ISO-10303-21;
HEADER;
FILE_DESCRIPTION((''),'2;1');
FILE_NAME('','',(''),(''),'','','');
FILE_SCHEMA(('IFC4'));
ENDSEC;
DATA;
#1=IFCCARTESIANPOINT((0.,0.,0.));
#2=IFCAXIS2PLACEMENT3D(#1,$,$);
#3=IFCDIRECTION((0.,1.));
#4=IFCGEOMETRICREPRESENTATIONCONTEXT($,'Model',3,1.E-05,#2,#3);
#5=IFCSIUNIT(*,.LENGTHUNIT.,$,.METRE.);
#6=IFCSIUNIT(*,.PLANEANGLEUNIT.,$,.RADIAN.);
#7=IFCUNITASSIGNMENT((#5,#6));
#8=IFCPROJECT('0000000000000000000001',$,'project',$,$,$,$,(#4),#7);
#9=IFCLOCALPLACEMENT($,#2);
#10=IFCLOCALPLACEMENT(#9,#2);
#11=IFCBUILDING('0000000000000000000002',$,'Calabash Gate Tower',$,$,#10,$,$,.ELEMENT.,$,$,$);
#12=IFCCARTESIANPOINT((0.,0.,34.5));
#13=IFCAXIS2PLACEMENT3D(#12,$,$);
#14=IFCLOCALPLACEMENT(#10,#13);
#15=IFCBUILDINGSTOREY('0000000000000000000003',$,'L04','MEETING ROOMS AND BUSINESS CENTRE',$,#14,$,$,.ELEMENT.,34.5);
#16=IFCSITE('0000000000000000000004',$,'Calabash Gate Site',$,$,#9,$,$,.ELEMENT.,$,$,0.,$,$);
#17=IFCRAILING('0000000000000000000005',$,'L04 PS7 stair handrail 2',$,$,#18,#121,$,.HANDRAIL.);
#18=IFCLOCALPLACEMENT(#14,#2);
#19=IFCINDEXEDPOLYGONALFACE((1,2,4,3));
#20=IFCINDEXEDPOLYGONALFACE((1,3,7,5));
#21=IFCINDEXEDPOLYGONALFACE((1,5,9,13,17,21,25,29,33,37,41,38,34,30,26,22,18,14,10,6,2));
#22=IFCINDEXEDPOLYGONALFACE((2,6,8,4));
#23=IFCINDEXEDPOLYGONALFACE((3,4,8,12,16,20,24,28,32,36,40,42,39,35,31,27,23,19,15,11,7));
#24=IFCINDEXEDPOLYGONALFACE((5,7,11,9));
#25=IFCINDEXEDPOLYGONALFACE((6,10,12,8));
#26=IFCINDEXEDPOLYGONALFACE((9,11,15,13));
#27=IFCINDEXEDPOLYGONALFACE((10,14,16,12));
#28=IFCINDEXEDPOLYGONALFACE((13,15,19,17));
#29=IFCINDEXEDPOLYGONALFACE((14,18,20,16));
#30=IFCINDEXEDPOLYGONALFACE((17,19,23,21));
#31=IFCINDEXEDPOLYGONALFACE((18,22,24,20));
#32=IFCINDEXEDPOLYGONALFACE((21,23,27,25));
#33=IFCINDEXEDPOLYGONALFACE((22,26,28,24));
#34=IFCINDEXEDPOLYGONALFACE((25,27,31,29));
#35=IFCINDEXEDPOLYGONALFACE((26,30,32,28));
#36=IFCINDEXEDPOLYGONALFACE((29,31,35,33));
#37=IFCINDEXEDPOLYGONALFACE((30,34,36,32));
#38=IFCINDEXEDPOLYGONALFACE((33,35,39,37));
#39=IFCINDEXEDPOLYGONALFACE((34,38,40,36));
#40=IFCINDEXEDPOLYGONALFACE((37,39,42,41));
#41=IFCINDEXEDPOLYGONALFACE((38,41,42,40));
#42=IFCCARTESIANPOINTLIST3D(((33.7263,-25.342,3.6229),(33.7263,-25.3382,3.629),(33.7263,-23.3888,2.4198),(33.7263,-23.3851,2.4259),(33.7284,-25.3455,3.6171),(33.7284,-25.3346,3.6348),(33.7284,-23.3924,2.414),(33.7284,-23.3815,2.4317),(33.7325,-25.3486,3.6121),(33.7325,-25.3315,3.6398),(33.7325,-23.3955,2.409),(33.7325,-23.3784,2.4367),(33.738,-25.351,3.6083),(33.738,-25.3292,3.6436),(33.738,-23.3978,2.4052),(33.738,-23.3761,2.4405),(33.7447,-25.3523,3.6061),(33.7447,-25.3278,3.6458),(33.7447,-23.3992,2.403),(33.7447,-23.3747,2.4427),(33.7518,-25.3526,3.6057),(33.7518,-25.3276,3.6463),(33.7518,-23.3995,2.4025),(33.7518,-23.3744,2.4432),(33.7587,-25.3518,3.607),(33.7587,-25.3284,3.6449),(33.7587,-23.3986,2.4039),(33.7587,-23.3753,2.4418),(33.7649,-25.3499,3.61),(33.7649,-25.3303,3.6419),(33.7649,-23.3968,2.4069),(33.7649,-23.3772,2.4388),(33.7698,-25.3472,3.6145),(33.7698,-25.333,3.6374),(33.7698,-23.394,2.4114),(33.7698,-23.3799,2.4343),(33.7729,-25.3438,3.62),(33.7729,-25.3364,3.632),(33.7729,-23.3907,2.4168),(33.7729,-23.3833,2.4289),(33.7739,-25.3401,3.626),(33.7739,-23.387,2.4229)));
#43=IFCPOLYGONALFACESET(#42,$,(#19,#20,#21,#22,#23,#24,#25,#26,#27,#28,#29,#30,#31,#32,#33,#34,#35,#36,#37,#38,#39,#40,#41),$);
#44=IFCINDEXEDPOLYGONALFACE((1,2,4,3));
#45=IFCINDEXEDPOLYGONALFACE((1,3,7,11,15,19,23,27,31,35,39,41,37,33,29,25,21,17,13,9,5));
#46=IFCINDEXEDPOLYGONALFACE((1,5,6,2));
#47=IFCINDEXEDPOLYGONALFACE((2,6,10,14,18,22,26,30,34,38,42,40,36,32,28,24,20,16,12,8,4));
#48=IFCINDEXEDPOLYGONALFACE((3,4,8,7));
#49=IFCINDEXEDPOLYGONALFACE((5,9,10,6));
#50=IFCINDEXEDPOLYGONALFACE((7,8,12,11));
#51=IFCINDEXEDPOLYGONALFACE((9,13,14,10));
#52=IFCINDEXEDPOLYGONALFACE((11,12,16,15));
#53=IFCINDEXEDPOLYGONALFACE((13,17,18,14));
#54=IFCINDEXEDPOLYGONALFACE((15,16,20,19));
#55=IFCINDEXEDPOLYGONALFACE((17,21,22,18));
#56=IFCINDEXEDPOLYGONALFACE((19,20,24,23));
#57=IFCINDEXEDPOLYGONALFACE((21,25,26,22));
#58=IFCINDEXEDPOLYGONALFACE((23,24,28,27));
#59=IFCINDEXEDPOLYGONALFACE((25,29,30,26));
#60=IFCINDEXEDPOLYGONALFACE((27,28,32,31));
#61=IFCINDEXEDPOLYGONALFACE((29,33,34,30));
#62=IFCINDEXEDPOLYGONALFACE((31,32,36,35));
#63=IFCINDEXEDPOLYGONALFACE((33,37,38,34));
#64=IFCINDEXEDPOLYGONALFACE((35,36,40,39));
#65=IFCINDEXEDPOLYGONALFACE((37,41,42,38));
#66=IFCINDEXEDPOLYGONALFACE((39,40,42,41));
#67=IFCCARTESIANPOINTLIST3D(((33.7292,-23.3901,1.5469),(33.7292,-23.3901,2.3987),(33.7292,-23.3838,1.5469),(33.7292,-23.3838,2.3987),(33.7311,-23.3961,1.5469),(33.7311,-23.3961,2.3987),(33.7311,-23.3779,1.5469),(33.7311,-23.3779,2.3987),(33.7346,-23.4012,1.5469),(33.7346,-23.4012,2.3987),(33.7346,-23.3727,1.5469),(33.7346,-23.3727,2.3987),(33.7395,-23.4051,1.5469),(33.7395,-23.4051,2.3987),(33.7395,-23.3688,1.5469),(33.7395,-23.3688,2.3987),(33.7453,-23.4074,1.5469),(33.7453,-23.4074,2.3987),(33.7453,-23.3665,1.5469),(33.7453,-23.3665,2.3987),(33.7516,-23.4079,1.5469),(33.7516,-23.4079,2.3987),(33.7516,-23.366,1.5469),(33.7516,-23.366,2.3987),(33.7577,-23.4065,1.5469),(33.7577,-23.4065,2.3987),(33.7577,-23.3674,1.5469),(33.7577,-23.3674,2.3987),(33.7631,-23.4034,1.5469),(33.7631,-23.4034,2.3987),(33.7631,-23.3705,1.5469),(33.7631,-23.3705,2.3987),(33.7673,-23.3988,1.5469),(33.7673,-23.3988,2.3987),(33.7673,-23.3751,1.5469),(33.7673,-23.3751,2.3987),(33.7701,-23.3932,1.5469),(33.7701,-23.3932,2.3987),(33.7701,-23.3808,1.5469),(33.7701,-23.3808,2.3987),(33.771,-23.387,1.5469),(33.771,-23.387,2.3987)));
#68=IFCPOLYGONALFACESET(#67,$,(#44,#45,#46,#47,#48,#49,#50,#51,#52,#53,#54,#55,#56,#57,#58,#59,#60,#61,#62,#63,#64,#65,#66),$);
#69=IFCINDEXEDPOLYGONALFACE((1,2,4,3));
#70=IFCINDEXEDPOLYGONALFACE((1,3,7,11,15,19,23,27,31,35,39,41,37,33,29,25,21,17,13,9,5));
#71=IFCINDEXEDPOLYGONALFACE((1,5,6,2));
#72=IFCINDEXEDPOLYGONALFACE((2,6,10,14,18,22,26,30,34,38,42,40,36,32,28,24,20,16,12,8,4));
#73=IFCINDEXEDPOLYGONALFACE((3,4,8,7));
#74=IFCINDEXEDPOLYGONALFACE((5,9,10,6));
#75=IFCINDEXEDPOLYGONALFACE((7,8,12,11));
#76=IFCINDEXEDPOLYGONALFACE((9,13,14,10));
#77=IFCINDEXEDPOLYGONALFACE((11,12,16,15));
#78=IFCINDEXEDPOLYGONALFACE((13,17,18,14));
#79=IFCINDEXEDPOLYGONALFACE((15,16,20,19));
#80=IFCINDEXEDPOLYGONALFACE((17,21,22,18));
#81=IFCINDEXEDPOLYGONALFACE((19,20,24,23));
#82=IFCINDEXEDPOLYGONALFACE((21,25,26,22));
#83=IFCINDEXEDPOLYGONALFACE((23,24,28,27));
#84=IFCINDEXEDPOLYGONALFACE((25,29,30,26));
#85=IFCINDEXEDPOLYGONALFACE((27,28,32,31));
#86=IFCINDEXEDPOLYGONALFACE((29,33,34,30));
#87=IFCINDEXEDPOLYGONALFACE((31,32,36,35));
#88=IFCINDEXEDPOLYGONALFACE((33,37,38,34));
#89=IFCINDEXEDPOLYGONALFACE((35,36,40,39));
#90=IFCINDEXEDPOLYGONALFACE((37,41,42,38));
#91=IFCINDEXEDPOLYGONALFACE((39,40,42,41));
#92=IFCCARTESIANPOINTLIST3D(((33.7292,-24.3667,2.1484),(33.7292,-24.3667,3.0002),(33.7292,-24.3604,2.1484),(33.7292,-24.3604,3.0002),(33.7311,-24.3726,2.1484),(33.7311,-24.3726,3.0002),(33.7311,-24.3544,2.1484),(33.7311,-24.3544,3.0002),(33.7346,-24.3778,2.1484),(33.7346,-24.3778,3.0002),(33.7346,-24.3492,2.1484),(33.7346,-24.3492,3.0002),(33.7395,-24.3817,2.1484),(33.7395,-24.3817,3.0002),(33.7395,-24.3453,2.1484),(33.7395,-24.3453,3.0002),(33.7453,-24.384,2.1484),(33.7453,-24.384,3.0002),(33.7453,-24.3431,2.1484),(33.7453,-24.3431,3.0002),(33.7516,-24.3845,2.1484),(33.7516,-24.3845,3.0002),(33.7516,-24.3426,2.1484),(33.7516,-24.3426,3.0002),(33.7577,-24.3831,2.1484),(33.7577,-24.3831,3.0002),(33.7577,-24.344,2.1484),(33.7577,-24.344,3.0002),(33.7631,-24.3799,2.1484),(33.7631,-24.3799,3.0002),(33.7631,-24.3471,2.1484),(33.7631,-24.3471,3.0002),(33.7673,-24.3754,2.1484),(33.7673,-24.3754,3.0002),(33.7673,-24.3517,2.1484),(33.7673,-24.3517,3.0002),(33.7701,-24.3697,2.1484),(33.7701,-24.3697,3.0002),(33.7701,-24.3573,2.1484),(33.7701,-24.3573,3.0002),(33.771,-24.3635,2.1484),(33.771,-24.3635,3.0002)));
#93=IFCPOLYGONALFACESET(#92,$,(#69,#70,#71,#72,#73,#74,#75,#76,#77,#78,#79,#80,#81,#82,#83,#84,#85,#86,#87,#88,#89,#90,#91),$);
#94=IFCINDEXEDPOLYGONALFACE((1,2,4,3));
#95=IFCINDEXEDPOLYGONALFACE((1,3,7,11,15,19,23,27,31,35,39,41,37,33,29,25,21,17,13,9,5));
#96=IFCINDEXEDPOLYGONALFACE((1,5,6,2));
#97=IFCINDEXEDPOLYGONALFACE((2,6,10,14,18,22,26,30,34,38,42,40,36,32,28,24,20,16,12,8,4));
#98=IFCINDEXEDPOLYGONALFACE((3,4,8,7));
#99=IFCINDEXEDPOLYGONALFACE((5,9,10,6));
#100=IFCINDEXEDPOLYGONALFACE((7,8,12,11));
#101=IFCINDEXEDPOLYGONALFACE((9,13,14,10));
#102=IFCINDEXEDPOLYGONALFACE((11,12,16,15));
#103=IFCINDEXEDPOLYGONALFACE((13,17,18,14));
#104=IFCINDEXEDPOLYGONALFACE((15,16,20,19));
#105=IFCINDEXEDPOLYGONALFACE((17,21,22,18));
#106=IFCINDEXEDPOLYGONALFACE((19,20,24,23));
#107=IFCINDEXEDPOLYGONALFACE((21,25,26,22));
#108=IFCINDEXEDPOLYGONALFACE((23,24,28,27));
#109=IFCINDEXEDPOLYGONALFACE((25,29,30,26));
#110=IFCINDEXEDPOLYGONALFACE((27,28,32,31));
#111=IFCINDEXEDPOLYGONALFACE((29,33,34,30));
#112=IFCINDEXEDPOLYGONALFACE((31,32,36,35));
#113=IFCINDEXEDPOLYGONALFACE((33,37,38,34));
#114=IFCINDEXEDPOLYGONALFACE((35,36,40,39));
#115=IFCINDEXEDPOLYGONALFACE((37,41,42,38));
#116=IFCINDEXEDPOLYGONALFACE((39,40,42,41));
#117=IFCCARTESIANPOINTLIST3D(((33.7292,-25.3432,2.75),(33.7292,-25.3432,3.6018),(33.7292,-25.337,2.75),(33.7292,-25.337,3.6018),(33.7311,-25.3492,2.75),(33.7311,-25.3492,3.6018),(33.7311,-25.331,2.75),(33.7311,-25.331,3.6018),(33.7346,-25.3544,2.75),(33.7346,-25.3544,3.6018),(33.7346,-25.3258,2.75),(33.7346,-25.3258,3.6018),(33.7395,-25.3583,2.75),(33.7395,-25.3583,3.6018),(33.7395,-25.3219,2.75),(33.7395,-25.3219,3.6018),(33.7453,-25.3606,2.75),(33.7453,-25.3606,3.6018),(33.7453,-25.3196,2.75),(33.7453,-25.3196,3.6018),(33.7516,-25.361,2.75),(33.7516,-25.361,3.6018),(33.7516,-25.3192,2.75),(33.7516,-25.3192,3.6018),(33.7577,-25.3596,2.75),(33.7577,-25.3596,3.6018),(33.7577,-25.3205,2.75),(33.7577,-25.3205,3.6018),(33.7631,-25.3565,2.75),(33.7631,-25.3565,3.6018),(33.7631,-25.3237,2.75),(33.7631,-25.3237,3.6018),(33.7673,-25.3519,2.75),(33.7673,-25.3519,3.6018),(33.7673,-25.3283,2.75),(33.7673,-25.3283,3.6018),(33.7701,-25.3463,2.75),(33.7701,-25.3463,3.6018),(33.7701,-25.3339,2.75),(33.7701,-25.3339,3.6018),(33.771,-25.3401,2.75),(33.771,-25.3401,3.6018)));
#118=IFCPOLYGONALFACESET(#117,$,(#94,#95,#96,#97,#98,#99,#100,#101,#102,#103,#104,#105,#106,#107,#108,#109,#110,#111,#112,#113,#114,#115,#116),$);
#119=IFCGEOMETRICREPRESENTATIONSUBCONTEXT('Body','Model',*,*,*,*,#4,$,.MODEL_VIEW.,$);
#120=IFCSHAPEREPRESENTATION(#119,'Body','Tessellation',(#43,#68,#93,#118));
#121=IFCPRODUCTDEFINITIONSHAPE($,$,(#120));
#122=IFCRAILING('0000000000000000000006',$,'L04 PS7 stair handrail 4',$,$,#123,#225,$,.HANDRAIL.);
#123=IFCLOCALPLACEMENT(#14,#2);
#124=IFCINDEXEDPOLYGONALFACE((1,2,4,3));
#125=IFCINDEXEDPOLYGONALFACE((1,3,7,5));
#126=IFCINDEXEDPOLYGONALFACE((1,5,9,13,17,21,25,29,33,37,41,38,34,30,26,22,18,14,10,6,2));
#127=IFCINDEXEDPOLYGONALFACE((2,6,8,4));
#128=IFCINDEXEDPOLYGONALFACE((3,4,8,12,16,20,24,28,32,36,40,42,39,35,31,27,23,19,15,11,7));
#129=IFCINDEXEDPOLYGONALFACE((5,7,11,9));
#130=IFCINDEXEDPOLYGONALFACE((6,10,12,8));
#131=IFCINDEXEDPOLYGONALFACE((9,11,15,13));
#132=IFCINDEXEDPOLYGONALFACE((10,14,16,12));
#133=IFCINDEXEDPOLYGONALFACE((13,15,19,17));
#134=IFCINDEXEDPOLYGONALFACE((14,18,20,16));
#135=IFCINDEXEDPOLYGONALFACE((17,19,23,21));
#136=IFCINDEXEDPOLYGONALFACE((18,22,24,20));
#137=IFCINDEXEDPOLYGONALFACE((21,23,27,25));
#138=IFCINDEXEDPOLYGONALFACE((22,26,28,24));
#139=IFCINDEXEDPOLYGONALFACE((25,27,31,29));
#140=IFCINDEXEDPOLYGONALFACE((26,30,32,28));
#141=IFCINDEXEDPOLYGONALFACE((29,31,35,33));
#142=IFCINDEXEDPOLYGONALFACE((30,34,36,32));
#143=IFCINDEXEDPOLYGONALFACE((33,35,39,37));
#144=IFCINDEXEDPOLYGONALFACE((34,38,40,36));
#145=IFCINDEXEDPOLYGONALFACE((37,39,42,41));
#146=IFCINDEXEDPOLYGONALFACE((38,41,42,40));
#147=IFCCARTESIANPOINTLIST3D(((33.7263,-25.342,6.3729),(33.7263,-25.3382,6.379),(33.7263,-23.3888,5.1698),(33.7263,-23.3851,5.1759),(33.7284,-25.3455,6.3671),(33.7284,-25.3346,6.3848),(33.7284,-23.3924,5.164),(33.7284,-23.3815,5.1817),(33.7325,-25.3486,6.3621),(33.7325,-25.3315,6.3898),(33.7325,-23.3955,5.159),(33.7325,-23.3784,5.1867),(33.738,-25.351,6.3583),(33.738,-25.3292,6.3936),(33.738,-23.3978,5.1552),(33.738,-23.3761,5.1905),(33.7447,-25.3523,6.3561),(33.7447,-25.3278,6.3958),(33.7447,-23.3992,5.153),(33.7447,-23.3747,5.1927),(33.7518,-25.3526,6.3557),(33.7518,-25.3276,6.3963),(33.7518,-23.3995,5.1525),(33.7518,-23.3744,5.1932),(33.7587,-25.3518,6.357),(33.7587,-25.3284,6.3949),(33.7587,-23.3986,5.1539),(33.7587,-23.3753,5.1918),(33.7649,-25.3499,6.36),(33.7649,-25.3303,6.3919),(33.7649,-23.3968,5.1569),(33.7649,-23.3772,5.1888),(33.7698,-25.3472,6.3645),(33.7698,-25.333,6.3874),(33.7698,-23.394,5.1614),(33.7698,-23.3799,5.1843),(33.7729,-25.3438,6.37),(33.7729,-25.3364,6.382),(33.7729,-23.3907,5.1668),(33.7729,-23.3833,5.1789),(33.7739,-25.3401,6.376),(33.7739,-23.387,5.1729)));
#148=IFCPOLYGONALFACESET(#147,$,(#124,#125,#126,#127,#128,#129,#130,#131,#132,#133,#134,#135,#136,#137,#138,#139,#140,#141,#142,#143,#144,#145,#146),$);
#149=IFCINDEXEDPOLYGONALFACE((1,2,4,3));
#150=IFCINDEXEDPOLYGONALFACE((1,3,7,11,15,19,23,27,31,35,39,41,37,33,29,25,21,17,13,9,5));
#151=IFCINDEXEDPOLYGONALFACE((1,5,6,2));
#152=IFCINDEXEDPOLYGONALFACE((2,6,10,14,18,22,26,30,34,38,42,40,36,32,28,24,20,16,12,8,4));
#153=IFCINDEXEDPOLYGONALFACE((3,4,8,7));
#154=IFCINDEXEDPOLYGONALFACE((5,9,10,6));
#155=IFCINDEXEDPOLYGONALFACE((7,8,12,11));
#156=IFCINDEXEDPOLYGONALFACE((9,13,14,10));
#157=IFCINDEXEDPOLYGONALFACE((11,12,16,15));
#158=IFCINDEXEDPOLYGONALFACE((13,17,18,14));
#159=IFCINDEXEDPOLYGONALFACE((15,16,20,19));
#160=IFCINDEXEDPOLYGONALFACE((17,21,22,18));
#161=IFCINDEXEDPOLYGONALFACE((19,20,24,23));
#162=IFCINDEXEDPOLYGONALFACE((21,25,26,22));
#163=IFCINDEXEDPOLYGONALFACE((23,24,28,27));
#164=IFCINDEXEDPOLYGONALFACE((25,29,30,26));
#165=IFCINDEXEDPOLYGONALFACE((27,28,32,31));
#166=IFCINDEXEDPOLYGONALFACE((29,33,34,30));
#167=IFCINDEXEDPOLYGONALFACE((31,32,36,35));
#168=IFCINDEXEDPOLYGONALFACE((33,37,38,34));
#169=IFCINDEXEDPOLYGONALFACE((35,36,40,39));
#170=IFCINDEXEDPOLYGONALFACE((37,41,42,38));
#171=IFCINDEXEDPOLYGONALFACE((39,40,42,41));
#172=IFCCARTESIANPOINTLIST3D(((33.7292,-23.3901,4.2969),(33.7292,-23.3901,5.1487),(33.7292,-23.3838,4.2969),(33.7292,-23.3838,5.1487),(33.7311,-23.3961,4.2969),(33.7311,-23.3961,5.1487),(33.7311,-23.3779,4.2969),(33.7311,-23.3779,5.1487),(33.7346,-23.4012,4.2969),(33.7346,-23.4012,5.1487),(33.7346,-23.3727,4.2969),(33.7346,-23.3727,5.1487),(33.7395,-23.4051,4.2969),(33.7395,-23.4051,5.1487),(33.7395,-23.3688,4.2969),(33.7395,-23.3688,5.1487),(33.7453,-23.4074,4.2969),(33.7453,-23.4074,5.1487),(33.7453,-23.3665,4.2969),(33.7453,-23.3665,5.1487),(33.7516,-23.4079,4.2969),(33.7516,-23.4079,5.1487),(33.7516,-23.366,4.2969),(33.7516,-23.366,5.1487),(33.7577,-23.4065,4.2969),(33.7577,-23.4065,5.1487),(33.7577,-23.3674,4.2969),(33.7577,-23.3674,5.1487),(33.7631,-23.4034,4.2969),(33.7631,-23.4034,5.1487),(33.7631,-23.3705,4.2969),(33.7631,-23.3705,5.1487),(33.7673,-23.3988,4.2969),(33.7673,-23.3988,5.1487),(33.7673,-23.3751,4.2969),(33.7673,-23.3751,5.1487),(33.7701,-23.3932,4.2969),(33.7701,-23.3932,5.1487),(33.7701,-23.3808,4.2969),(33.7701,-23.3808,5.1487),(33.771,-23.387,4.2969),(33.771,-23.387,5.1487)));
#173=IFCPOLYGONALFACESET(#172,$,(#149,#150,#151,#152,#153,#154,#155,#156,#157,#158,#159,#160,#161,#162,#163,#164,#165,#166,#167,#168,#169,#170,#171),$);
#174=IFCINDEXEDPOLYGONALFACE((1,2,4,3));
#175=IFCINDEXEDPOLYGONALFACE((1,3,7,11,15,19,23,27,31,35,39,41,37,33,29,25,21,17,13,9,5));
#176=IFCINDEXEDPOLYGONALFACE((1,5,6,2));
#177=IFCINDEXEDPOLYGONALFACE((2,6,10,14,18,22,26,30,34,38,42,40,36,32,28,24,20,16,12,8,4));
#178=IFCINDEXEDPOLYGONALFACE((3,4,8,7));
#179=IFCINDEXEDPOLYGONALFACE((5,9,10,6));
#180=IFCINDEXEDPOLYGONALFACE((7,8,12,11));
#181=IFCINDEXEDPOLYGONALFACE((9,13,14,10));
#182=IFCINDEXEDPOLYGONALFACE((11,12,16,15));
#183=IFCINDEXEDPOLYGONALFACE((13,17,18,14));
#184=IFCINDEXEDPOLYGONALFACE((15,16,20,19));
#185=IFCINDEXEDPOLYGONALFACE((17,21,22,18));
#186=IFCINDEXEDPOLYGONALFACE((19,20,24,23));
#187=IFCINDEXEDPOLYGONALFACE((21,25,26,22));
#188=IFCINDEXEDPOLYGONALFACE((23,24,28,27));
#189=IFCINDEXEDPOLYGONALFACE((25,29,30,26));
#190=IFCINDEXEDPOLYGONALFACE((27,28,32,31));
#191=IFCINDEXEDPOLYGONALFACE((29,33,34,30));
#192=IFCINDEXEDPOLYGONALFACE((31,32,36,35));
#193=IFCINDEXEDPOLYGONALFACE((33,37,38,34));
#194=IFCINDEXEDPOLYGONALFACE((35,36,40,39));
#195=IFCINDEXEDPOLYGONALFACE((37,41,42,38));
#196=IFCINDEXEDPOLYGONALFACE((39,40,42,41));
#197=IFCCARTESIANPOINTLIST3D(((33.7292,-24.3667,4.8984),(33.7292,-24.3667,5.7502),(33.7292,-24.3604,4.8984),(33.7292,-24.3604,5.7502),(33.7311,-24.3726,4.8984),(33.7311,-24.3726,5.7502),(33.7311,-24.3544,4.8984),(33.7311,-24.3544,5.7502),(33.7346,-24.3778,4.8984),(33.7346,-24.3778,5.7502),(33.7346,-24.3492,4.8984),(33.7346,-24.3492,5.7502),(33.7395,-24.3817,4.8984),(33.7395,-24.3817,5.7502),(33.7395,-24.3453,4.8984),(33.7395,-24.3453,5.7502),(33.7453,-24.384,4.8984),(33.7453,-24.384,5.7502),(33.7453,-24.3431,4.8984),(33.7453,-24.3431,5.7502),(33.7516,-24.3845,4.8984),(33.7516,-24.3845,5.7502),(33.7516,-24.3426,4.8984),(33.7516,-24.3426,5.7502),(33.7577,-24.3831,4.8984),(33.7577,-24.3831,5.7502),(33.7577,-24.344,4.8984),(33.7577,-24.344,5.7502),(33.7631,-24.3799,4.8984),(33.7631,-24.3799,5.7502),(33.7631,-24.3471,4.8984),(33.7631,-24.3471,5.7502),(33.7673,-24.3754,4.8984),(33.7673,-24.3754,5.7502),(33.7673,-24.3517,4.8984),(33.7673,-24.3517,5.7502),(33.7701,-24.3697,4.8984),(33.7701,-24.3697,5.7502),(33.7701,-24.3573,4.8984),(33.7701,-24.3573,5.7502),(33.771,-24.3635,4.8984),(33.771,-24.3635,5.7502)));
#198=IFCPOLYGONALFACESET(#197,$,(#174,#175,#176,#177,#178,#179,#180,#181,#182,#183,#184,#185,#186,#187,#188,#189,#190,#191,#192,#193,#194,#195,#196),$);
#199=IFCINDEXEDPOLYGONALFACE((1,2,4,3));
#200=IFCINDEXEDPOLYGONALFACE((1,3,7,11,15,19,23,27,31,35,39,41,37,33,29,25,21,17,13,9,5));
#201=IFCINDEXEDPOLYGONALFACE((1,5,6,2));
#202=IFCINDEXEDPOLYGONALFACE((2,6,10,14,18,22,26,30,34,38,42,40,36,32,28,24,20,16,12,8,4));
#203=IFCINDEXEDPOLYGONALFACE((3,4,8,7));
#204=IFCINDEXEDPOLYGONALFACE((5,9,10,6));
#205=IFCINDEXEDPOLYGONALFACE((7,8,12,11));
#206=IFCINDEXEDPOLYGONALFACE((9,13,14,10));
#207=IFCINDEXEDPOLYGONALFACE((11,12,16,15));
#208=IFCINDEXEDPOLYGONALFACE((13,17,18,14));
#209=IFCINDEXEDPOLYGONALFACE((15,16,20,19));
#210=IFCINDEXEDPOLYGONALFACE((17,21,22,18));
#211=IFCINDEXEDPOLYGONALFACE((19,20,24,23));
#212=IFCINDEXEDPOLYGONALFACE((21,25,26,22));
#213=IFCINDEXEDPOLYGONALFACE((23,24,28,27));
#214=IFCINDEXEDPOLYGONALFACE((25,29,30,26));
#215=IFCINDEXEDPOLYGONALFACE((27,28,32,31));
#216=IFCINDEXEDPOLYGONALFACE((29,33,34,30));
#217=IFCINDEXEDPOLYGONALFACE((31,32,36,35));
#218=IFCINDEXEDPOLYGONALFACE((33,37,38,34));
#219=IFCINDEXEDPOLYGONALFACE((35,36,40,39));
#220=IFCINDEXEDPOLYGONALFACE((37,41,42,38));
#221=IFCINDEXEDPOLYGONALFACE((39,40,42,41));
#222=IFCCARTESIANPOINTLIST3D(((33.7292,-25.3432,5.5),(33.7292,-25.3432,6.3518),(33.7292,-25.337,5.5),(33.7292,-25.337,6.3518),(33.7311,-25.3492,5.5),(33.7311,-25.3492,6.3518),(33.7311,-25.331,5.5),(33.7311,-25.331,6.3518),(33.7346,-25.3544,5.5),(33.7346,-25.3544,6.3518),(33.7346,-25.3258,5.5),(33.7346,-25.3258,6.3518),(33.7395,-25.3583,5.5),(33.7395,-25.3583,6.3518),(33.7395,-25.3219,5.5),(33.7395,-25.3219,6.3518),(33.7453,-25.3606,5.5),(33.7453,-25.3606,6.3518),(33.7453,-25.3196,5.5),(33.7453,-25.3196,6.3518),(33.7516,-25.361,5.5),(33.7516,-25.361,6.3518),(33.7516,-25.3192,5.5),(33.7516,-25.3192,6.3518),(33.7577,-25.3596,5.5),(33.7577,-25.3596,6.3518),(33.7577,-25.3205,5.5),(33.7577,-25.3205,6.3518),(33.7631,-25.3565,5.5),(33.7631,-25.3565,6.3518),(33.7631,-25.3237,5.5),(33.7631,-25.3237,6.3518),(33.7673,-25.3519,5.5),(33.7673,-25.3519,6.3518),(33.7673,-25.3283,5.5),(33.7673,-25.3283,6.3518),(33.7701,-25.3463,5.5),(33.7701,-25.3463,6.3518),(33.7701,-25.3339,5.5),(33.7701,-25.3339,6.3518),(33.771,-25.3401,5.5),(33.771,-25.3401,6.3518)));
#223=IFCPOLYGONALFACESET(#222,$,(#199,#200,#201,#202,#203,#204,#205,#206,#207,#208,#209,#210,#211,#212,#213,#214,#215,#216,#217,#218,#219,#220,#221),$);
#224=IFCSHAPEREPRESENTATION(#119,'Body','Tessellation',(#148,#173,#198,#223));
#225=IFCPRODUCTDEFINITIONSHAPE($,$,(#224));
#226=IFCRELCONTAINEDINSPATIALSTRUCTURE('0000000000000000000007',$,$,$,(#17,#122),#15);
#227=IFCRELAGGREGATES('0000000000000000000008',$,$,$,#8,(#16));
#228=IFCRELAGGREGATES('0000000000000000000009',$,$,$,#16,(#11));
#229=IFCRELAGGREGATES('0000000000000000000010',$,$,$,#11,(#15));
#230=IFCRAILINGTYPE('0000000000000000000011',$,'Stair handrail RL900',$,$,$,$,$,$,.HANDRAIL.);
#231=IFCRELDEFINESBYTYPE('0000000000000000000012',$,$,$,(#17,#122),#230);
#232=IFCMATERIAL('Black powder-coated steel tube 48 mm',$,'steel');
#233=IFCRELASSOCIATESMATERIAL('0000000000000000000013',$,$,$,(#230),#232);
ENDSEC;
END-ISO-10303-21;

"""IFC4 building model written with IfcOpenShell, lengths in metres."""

from ifc_helpers import new_model, si_unit, direction, frame, origin, origin_2d, place, context, subcontext, project, spatial, circle, extrude, material, type_object, element, save


model = new_model("IFC4")

# Units and contexts
model_context = context("Model", 3, precision=1e-05, world=origin(), true_north=direction((0.0, 1.0)))
body_context = subcontext(model_context, "Body", "Model", "MODEL_VIEW")
ifc_project = project(units=[si_unit("LENGTHUNIT", "METRE"), si_unit("PLANEANGLEUNIT", "RADIAN")], contexts=[model_context])

# Site, building, storey
site_placement = place(None, origin())
site = spatial("IfcSite", under=ifc_project, at=site_placement, Name="Calabash Gate Site", CompositionType="ELEMENT", RefElevation=0.0)
building_placement = place(site_placement, origin())
building = spatial("IfcBuilding", under=site, at=building_placement, Name="Calabash Gate Tower", CompositionType="ELEMENT")
storey_placement = place(building_placement, frame((0.0, 0.0, 34.5)))
storey = spatial("IfcBuildingStorey", under=building, at=storey_placement, Name="L04", Description="MEETING ROOMS AND BUSINESS CENTRE", CompositionType="ELEMENT", Elevation=34.5)

# Railings
ifc_material_1 = material(Name="Black powder-coated steel tube 48 mm", Category="steel")
railing_type = type_object("IfcRailingType", Name="Stair handrail RL900", PredefinedType="HANDRAIL", material=ifc_material_1)
for number, where, name in (
    (1, (33.75, -23.387, 1.5469), "L04 PS7 stair handrail 2"),
    (2, (33.75, -23.387, 4.2969), "L04 PS7 stair handrail 4"),
):
    element("IfcRailing", number, at=place(storey_placement, frame(where)), inside=storey, type_object=railing_type, Name=name, PredefinedType="HANDRAIL", context=body_context, shape_type="SweptSolid", body=[
        extrude(circle(Radius=0.0239, at=origin_2d()), frame((0.0, 0.0, 0.876), z_axis=(0.0, -0.851424, 0.524477), x_axis=(1.0, 0.0, 0.0)), (0.0, 0.0, 1.0), 2.2939),
        extrude(circle(Radius=0.021, at=origin_2d()), origin(), (0.0, 0.0, 1.0), 0.8518),
        extrude(circle(Radius=0.021, at=origin_2d()), frame((0.0, -0.9766, 0.6016)), (0.0, 0.0, 1.0), 0.8518),
        extrude(circle(Radius=0.021, at=origin_2d()), frame((0.0, -1.9531, 1.2031)), (0.0, 0.0, 1.0), 0.8518),
    ])

save(model, "model.ifc")
